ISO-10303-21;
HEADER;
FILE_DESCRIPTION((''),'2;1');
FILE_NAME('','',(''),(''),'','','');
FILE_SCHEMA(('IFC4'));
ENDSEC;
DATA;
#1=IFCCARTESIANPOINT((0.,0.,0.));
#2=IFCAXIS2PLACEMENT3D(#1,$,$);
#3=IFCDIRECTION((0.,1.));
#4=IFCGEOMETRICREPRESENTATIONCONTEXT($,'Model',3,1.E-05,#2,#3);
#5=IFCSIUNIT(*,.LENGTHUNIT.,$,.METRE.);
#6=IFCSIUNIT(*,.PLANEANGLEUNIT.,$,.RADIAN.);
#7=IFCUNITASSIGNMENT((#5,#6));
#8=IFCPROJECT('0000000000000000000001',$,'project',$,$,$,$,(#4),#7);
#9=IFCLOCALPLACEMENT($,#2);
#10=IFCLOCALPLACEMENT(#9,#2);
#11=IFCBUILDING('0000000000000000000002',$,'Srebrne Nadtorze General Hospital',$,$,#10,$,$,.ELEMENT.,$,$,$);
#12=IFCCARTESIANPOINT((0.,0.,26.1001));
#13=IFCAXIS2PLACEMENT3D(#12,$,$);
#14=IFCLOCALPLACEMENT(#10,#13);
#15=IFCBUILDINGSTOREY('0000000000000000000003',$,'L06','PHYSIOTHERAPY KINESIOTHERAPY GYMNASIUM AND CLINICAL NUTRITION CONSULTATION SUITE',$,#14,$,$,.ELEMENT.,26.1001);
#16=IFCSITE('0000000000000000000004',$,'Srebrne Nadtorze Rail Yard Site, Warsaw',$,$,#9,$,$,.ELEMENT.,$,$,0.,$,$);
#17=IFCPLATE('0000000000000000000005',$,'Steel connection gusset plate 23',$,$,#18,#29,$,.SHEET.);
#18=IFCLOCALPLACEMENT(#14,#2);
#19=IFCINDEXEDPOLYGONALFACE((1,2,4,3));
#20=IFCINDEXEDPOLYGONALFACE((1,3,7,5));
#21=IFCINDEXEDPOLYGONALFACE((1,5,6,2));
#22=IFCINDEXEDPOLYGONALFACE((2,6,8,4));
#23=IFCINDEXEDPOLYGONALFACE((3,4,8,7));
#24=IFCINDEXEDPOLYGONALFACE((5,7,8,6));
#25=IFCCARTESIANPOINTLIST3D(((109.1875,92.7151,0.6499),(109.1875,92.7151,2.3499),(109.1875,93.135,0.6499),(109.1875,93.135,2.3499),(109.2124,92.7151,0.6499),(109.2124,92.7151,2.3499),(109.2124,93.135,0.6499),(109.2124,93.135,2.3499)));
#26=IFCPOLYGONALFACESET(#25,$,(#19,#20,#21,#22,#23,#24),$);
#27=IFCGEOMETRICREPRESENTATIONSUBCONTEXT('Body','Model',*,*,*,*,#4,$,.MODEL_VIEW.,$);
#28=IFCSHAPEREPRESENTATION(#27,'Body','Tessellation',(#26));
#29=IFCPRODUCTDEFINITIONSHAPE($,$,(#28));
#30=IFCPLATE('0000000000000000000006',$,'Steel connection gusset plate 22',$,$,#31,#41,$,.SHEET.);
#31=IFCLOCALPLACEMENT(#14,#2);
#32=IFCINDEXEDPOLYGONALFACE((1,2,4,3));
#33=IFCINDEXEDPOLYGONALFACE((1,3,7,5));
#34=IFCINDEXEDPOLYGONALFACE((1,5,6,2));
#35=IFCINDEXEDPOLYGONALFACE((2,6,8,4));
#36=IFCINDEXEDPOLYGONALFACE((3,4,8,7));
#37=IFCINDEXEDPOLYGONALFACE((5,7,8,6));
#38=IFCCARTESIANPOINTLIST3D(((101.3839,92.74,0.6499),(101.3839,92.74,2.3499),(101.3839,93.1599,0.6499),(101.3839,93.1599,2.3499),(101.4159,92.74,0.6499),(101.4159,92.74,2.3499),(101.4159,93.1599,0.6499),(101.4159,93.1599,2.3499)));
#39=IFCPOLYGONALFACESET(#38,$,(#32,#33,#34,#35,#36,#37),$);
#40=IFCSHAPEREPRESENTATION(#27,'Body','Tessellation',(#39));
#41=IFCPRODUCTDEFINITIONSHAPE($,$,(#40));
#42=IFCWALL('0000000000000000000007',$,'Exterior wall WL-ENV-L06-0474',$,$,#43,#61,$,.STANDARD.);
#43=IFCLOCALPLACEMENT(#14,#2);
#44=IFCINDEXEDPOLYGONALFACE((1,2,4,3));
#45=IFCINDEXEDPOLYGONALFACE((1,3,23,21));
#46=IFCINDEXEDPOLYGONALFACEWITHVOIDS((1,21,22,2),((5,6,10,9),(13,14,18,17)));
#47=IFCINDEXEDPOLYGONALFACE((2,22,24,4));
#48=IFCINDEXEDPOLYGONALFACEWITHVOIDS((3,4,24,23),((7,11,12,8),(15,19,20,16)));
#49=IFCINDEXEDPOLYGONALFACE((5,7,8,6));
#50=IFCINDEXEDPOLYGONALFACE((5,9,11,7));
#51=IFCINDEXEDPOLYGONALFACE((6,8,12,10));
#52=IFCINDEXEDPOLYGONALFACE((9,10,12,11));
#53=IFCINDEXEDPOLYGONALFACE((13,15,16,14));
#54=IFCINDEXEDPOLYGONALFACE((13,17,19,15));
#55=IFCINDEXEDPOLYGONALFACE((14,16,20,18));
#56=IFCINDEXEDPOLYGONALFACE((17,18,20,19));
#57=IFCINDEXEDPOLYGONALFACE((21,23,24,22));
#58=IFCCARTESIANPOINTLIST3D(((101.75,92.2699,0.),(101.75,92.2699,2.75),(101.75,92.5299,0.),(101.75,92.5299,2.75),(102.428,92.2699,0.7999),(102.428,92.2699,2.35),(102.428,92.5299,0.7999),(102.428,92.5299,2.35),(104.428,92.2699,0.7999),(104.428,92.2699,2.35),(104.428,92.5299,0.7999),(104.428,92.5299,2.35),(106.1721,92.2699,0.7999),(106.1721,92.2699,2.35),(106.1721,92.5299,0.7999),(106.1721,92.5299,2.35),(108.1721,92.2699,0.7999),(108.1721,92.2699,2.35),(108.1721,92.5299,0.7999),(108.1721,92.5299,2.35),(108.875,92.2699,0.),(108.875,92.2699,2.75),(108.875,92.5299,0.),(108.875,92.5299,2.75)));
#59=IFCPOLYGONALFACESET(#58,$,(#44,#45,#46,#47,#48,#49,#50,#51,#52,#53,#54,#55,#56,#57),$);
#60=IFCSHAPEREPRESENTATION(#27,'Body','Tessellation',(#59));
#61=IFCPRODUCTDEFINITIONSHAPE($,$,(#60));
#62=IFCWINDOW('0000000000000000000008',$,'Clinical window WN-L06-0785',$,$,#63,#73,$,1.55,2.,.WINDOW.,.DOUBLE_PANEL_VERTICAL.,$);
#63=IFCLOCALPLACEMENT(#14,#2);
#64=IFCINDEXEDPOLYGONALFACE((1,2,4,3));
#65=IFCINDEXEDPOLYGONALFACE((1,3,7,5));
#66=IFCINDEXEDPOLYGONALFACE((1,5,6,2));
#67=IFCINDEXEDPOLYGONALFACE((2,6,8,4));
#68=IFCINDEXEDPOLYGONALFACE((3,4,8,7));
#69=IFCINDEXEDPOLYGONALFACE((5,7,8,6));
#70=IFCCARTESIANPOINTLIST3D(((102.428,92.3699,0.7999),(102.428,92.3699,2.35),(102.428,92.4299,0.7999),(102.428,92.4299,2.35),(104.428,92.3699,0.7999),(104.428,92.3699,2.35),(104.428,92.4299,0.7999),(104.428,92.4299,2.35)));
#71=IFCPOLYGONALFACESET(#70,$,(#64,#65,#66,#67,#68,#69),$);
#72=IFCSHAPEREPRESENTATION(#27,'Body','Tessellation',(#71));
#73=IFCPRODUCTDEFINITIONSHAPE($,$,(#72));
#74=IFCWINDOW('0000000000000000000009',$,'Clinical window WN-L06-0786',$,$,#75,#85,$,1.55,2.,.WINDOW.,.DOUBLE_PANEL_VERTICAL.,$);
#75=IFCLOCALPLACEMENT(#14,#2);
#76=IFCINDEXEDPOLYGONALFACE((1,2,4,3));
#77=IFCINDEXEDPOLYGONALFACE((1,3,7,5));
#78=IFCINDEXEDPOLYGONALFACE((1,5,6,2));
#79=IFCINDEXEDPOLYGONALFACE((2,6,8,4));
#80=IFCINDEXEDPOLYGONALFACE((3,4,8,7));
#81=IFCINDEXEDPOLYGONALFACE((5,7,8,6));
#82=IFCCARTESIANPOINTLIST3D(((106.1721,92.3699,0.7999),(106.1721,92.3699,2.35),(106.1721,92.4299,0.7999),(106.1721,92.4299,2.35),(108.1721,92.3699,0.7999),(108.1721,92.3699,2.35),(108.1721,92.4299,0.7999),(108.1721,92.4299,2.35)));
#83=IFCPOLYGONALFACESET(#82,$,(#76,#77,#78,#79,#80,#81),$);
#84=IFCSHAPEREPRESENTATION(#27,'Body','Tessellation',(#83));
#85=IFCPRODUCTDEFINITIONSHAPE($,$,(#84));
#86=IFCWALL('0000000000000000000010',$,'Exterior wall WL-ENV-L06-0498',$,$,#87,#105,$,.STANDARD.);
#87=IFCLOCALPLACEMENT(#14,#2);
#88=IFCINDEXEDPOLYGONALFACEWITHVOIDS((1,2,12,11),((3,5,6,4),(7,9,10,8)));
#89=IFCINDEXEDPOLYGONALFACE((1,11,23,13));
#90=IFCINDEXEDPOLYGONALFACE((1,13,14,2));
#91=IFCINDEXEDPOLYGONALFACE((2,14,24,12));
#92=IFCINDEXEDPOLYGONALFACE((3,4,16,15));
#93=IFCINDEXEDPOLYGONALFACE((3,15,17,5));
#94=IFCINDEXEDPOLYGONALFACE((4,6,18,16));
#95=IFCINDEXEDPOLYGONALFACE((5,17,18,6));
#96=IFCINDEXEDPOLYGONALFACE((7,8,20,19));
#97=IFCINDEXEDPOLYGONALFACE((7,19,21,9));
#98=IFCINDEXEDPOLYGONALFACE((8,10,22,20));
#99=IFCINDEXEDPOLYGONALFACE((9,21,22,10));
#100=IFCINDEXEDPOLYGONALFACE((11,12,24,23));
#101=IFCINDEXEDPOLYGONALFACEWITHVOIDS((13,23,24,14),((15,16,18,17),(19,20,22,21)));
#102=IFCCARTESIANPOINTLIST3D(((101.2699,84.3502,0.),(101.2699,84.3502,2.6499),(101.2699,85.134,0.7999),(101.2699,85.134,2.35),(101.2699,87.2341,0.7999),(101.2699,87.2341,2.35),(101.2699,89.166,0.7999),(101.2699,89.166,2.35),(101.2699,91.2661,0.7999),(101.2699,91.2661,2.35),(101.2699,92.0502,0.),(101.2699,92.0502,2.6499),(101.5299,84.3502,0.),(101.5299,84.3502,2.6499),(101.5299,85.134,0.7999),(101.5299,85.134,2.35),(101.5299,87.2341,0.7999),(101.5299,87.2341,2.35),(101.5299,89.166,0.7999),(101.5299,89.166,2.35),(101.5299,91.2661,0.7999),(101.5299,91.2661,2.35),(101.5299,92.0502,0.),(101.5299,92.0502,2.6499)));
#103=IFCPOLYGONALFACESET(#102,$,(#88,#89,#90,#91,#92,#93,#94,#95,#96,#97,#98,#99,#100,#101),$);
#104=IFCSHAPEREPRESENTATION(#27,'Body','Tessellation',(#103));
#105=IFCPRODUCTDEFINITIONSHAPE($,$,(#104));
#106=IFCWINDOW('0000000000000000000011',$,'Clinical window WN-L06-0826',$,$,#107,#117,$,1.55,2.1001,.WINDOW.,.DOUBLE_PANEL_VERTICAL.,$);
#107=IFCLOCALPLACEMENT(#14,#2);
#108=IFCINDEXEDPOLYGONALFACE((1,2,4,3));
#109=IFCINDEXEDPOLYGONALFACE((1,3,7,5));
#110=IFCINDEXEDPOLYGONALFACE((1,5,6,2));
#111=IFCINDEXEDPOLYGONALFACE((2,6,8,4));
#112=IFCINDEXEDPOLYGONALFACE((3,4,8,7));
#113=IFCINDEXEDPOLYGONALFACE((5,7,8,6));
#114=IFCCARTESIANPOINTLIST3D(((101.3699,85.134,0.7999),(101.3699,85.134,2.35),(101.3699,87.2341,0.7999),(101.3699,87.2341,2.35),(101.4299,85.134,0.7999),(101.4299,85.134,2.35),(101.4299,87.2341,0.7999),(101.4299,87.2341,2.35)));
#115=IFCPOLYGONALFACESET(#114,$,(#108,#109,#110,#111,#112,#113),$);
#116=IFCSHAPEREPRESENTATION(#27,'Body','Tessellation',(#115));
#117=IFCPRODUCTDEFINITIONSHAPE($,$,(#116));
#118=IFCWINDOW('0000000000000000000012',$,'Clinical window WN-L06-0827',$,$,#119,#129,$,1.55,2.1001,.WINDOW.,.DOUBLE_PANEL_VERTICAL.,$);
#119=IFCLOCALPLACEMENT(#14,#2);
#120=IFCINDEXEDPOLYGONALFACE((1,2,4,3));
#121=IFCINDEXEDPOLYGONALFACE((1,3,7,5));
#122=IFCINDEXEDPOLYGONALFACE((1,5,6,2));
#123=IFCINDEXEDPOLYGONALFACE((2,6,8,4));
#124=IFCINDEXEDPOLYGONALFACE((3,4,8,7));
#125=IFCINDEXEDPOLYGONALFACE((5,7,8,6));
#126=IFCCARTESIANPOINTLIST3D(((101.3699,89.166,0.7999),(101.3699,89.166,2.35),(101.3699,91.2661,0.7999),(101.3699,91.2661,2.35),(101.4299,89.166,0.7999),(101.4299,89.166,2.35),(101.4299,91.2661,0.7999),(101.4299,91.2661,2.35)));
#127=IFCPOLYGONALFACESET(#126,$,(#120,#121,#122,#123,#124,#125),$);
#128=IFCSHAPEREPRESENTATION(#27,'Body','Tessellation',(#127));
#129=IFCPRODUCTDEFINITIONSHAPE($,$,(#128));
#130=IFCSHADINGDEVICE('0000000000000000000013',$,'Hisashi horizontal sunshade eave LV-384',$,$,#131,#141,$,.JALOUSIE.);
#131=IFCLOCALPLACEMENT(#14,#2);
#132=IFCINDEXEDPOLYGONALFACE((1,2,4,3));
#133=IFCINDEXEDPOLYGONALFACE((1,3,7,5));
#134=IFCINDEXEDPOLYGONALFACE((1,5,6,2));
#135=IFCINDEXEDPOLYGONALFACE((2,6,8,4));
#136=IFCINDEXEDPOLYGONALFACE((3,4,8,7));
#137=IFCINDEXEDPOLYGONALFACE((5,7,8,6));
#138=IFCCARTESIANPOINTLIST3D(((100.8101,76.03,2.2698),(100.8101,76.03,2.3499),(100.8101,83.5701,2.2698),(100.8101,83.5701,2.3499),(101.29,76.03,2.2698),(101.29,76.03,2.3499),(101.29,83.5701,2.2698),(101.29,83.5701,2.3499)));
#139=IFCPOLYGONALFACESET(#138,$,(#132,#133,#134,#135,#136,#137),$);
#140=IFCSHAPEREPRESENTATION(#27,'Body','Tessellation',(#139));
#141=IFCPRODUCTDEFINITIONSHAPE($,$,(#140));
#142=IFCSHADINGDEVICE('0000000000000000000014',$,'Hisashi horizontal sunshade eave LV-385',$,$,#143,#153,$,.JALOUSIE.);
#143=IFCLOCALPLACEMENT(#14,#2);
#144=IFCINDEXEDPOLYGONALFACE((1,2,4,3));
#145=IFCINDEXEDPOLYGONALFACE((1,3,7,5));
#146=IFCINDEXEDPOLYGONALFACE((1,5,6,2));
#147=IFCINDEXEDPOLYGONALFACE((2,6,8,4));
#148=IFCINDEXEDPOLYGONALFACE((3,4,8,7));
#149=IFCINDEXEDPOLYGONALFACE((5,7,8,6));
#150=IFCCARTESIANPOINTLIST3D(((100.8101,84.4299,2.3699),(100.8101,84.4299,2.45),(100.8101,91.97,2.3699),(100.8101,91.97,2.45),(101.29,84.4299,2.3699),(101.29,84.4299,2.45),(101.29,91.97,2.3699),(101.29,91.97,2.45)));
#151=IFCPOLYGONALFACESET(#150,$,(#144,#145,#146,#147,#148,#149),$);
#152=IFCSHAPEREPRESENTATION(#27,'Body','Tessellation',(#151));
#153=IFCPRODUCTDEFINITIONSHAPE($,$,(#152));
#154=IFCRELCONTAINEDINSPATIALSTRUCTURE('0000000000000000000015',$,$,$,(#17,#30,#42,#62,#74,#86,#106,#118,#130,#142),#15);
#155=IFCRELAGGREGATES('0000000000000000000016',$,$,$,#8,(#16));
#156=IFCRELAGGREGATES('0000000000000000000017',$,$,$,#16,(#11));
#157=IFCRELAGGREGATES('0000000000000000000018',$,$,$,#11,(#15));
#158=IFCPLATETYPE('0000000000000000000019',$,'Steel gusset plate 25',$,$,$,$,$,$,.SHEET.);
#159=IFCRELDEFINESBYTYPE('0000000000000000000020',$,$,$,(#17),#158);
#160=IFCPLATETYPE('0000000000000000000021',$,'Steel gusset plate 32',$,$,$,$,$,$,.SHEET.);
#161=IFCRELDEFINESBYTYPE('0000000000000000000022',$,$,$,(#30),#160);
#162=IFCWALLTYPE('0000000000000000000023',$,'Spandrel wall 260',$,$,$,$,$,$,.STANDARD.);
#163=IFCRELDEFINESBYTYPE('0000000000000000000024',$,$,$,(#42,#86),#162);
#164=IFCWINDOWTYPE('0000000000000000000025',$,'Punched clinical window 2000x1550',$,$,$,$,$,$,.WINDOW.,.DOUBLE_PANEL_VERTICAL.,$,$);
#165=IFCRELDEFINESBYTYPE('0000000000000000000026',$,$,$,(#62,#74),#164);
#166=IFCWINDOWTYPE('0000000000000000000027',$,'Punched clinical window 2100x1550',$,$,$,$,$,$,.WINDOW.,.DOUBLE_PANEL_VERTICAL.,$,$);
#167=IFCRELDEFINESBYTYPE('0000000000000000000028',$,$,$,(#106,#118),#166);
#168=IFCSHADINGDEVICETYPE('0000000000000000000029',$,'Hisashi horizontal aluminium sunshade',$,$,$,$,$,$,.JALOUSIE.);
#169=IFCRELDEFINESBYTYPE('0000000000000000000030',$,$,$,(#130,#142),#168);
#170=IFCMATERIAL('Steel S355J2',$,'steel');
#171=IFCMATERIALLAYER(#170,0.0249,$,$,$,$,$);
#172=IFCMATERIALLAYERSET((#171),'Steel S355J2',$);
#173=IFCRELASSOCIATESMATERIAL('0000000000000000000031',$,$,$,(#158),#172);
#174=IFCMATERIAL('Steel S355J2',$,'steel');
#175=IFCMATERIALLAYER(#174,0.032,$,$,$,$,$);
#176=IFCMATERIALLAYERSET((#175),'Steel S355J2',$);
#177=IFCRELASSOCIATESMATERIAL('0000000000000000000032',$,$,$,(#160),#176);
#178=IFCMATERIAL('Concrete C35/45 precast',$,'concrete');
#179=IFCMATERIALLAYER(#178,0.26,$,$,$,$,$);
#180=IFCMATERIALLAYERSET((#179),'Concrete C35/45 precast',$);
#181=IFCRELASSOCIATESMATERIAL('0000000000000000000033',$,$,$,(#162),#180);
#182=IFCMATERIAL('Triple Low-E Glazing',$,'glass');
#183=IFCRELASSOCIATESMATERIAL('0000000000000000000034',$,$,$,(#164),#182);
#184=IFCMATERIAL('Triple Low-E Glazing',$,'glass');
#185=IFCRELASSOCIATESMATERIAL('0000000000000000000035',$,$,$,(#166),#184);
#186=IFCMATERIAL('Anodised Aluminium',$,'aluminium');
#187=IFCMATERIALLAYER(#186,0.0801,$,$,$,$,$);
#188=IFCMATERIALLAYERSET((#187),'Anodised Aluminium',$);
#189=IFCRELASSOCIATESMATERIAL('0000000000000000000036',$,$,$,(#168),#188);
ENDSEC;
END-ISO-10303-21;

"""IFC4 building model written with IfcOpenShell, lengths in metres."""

from ifc_helpers import new_model, si_unit, direction, frame, frame_2d, origin, origin_2d, place, context, subcontext, project, spatial, rectangle, extrude, material, layer, layer_set, type_object, element, fill, save


model = new_model("IFC4")

# Units and contexts
model_context = context("Model", 3, precision=1e-05, world=origin(), true_north=direction((0.0, 1.0)))
body_context = subcontext(model_context, "Body", "Model", "MODEL_VIEW")
ifc_project = project(units=[si_unit("LENGTHUNIT", "METRE"), si_unit("PLANEANGLEUNIT", "RADIAN")], contexts=[model_context])

# Site, building, storey
site_placement = place(None, origin())
site = spatial("IfcSite", under=ifc_project, at=site_placement, Name="Srebrne Nadtorze Rail Yard Site, Warsaw", CompositionType="ELEMENT", RefElevation=0.0)
building_placement = place(site_placement, origin())
building = spatial("IfcBuilding", under=site, at=building_placement, Name="Srebrne Nadtorze General Hospital", CompositionType="ELEMENT")
storey_placement = place(building_placement, frame((0.0, 0.0, 26.1001)))
storey = spatial("IfcBuildingStorey", under=building, at=storey_placement, Name="L06", Description="PHYSIOTHERAPY KINESIOTHERAPY GYMNASIUM AND CLINICAL NUTRITION CONSULTATION SUITE", CompositionType="ELEMENT", Elevation=26.1001)

# Plates
ifc_material_1 = material(Name="Steel S355J2", Category="steel")
ifc_layer_1 = layer(ifc_material_1, 0.0249)
ifc_layer_set_1 = layer_set([ifc_layer_1], Name="Steel S355J2")
plate_type_1 = type_object("IfcPlateType", Name="Steel gusset plate 25", PredefinedType="SHEET", material=ifc_layer_set_1)
plate_1_placement = place(storey_placement, frame((109.2, 92.925, 0.6499), z_axis=(0.0, 0.0, 1.0), x_axis=(1.0, 0.0, 0.0)))
element("IfcPlate", 1, at=plate_1_placement, inside=storey, type_object=plate_type_1, Name="Steel connection gusset plate 23", PredefinedType="SHEET", context=body_context, shape_type="SweptSolid", body=[
    extrude(rectangle(XDim=0.0249, YDim=0.4199, at=origin_2d()), origin(), (0.0, 0.0, 1.0), 1.7),
])
ifc_material_2 = material(Name="Steel S355J2", Category="steel")
ifc_layer_2 = layer(ifc_material_2, 0.032)
ifc_layer_set_2 = layer_set([ifc_layer_2], Name="Steel S355J2")
plate_type_2 = type_object("IfcPlateType", Name="Steel gusset plate 32", PredefinedType="SHEET", material=ifc_layer_set_2)
plate_2_placement = place(storey_placement, frame((101.3999, 92.95, 0.6499), z_axis=(0.0, 0.0, 1.0), x_axis=(1.0, 0.0, 0.0)))
element("IfcPlate", 2, at=plate_2_placement, inside=storey, type_object=plate_type_2, Name="Steel connection gusset plate 22", PredefinedType="SHEET", context=body_context, shape_type="SweptSolid", body=[
    extrude(rectangle(XDim=0.032, YDim=0.4199, at=origin_2d()), origin(), (0.0, 0.0, 1.0), 1.7),
])

# Walls, openings, windows
ifc_material_3 = material(Name="Concrete C35/45 precast", Category="concrete")
ifc_layer_3 = layer(ifc_material_3, 0.26)
ifc_layer_set_3 = layer_set([ifc_layer_3], Name="Concrete C35/45 precast")
wall_type = type_object("IfcWallType", Name="Spandrel wall 260", PredefinedType="STANDARD", material=ifc_layer_set_3)
wall_1_placement = place(storey_placement, frame((101.75, 92.3999, 0.0), z_axis=(0.0, 0.0, 1.0), x_axis=(1.0, 0.0, 0.0)))
wall_1 = element("IfcWall", 3, at=wall_1_placement, inside=storey, type_object=wall_type, Name="Exterior wall WL-ENV-L06-0474", PredefinedType="STANDARD", context=body_context, shape_type="SweptSolid", body=[
    extrude(rectangle(XDim=7.125, YDim=0.26, at=frame_2d((3.5625, 0.0))), origin(), (0.0, 0.0, 1.0), 2.75),
])
opening_1_placement = place(wall_1_placement, frame((0.678, 0.0, 0.8)))
opening_1 = element("IfcOpeningElement", 4, at=opening_1_placement, cuts=wall_1, PredefinedType="OPENING", context=body_context, shape_type="SweptSolid", body=[
    extrude(rectangle(XDim=2.0, YDim=1.55, at=frame_2d((1.0, 0.7749))), frame((0.0, 0.1421, 0.0), z_axis=(0.0, -1.0, 0.0), x_axis=(1.0, 0.0, 0.0)), (0.0, 0.0, 1.0), 0.2839),
])
opening_2_placement = place(wall_1_placement, frame((4.4221, 0.0, 0.8)))
opening_2 = element("IfcOpeningElement", 5, at=opening_2_placement, cuts=wall_1, PredefinedType="OPENING", context=body_context, shape_type="SweptSolid", body=[
    extrude(rectangle(XDim=2.0, YDim=1.55, at=frame_2d((1.0, 0.7749))), frame((0.0, 0.1421, 0.0), z_axis=(0.0, -1.0, 0.0), x_axis=(1.0, 0.0, 0.0)), (0.0, 0.0, 1.0), 0.2839),
])
ifc_material_4 = material(Name="Triple Low-E Glazing", Category="glass")
window_type_1 = type_object("IfcWindowType", Name="Punched clinical window 2000x1550", PartitioningType="DOUBLE_PANEL_VERTICAL", PredefinedType="WINDOW", material=ifc_material_4)
window_1_placement = place(opening_1_placement, origin())
window_1 = element("IfcWindow", 6, at=window_1_placement, inside=storey, type_object=window_type_1, Name="Clinical window WN-L06-0785", OverallHeight=1.55, OverallWidth=2.0, PartitioningType="DOUBLE_PANEL_VERTICAL", PredefinedType="WINDOW", context=body_context, shape_type="SweptSolid", body=[
    extrude(rectangle(XDim=2.0, YDim=1.55, at=frame_2d((1.0, 0.7749))), frame((0.0, 0.03, 0.0), z_axis=(0.0, -1.0, 0.0), x_axis=(1.0, 0.0, 0.0)), (0.0, 0.0, 1.0), 0.0601),
])
fill(opening_1, window_1)
window_2_placement = place(opening_2_placement, origin())
window_2 = element("IfcWindow", 7, at=window_2_placement, inside=storey, type_object=window_type_1, Name="Clinical window WN-L06-0786", OverallHeight=1.55, OverallWidth=2.0, PartitioningType="DOUBLE_PANEL_VERTICAL", PredefinedType="WINDOW", context=body_context, shape_type="SweptSolid", body=[
    extrude(rectangle(XDim=2.0, YDim=1.55, at=frame_2d((1.0, 0.7749))), frame((0.0, 0.03, 0.0), z_axis=(0.0, -1.0, 0.0), x_axis=(1.0, 0.0, 0.0)), (0.0, 0.0, 1.0), 0.0601),
])
fill(opening_2, window_2)
wall_2_placement = place(storey_placement, frame((101.3999, 84.3501, 0.0), z_axis=(0.0, 0.0, 1.0), x_axis=(0.0, 1.0, 0.0)))
wall_2 = element("IfcWall", 8, at=wall_2_placement, inside=storey, type_object=wall_type, Name="Exterior wall WL-ENV-L06-0498", PredefinedType="STANDARD", context=body_context, shape_type="SweptSolid", body=[
    extrude(rectangle(XDim=7.7, YDim=0.26, at=frame_2d((3.8501, 0.0))), origin(), (0.0, 0.0, 1.0), 2.6499),
])
opening_3_placement = place(wall_2_placement, frame((0.7839, 0.0, 0.8)))
opening_3 = element("IfcOpeningElement", 9, at=opening_3_placement, cuts=wall_2, PredefinedType="OPENING", context=body_context, shape_type="SweptSolid", body=[
    extrude(rectangle(XDim=2.1001, YDim=1.55, at=frame_2d((1.05, 0.7749))), frame((0.0, 0.1421, 0.0), z_axis=(0.0, -1.0, 0.0), x_axis=(1.0, 0.0, 0.0)), (0.0, 0.0, 1.0), 0.2839),
])
opening_4_placement = place(wall_2_placement, frame((4.8159, 0.0, 0.8)))
opening_4 = element("IfcOpeningElement", 10, at=opening_4_placement, cuts=wall_2, PredefinedType="OPENING", context=body_context, shape_type="SweptSolid", body=[
    extrude(rectangle(XDim=2.1001, YDim=1.55, at=frame_2d((1.05, 0.7749))), frame((0.0, 0.1421, 0.0), z_axis=(0.0, -1.0, 0.0), x_axis=(1.0, 0.0, 0.0)), (0.0, 0.0, 1.0), 0.2839),
])
ifc_material_5 = material(Name="Triple Low-E Glazing", Category="glass")
window_type_2 = type_object("IfcWindowType", Name="Punched clinical window 2100x1550", PartitioningType="DOUBLE_PANEL_VERTICAL", PredefinedType="WINDOW", material=ifc_material_5)
window_3_placement = place(opening_3_placement, origin())
window_3 = element("IfcWindow", 11, at=window_3_placement, inside=storey, type_object=window_type_2, Name="Clinical window WN-L06-0826", OverallHeight=1.55, OverallWidth=2.1001, PartitioningType="DOUBLE_PANEL_VERTICAL", PredefinedType="WINDOW", context=body_context, shape_type="SweptSolid", body=[
    extrude(rectangle(XDim=2.1001, YDim=1.55, at=frame_2d((1.05, 0.7749))), frame((0.0, 0.03, 0.0), z_axis=(0.0, -1.0, 0.0), x_axis=(1.0, 0.0, 0.0)), (0.0, 0.0, 1.0), 0.0601),
])
fill(opening_3, window_3)
window_4_placement = place(opening_4_placement, origin())
window_4 = element("IfcWindow", 12, at=window_4_placement, inside=storey, type_object=window_type_2, Name="Clinical window WN-L06-0827", OverallHeight=1.55, OverallWidth=2.1001, PartitioningType="DOUBLE_PANEL_VERTICAL", PredefinedType="WINDOW", context=body_context, shape_type="SweptSolid", body=[
    extrude(rectangle(XDim=2.1001, YDim=1.55, at=frame_2d((1.05, 0.7749))), frame((0.0, 0.03, 0.0), z_axis=(0.0, -1.0, 0.0), x_axis=(1.0, 0.0, 0.0)), (0.0, 0.0, 1.0), 0.0601),
])
fill(opening_4, window_4)

# Shading devices
ifc_material_6 = material(Name="Anodised Aluminium", Category="aluminium")
ifc_layer_4 = layer(ifc_material_6, 0.0801)
ifc_layer_set_4 = layer_set([ifc_layer_4], Name="Anodised Aluminium")
shading_device_type = type_object("IfcShadingDeviceType", Name="Hisashi horizontal aluminium sunshade", PredefinedType="JALOUSIE", material=ifc_layer_set_4)
for number, where, z_axis, x_axis, name in (
    (13, (101.05, 79.8, 2.2698), (0.0, 0.0, 1.0), (1.0, 0.0, 0.0), "Hisashi horizontal sunshade eave LV-384"),
    (14, (101.05, 88.2, 2.3699), (0.0, 0.0, 1.0), (1.0, 0.0, 0.0), "Hisashi horizontal sunshade eave LV-385"),
):
    element("IfcShadingDevice", number, at=place(storey_placement, frame(where, z_axis=z_axis, x_axis=x_axis)), inside=storey, type_object=shading_device_type, Name=name, PredefinedType="JALOUSIE", context=body_context, shape_type="SweptSolid", body=[
        extrude(rectangle(XDim=0.48, YDim=7.54, at=origin_2d()), origin(), (0.0, 0.0, 1.0), 0.0801),
    ])

save(model, "model.ifc")
